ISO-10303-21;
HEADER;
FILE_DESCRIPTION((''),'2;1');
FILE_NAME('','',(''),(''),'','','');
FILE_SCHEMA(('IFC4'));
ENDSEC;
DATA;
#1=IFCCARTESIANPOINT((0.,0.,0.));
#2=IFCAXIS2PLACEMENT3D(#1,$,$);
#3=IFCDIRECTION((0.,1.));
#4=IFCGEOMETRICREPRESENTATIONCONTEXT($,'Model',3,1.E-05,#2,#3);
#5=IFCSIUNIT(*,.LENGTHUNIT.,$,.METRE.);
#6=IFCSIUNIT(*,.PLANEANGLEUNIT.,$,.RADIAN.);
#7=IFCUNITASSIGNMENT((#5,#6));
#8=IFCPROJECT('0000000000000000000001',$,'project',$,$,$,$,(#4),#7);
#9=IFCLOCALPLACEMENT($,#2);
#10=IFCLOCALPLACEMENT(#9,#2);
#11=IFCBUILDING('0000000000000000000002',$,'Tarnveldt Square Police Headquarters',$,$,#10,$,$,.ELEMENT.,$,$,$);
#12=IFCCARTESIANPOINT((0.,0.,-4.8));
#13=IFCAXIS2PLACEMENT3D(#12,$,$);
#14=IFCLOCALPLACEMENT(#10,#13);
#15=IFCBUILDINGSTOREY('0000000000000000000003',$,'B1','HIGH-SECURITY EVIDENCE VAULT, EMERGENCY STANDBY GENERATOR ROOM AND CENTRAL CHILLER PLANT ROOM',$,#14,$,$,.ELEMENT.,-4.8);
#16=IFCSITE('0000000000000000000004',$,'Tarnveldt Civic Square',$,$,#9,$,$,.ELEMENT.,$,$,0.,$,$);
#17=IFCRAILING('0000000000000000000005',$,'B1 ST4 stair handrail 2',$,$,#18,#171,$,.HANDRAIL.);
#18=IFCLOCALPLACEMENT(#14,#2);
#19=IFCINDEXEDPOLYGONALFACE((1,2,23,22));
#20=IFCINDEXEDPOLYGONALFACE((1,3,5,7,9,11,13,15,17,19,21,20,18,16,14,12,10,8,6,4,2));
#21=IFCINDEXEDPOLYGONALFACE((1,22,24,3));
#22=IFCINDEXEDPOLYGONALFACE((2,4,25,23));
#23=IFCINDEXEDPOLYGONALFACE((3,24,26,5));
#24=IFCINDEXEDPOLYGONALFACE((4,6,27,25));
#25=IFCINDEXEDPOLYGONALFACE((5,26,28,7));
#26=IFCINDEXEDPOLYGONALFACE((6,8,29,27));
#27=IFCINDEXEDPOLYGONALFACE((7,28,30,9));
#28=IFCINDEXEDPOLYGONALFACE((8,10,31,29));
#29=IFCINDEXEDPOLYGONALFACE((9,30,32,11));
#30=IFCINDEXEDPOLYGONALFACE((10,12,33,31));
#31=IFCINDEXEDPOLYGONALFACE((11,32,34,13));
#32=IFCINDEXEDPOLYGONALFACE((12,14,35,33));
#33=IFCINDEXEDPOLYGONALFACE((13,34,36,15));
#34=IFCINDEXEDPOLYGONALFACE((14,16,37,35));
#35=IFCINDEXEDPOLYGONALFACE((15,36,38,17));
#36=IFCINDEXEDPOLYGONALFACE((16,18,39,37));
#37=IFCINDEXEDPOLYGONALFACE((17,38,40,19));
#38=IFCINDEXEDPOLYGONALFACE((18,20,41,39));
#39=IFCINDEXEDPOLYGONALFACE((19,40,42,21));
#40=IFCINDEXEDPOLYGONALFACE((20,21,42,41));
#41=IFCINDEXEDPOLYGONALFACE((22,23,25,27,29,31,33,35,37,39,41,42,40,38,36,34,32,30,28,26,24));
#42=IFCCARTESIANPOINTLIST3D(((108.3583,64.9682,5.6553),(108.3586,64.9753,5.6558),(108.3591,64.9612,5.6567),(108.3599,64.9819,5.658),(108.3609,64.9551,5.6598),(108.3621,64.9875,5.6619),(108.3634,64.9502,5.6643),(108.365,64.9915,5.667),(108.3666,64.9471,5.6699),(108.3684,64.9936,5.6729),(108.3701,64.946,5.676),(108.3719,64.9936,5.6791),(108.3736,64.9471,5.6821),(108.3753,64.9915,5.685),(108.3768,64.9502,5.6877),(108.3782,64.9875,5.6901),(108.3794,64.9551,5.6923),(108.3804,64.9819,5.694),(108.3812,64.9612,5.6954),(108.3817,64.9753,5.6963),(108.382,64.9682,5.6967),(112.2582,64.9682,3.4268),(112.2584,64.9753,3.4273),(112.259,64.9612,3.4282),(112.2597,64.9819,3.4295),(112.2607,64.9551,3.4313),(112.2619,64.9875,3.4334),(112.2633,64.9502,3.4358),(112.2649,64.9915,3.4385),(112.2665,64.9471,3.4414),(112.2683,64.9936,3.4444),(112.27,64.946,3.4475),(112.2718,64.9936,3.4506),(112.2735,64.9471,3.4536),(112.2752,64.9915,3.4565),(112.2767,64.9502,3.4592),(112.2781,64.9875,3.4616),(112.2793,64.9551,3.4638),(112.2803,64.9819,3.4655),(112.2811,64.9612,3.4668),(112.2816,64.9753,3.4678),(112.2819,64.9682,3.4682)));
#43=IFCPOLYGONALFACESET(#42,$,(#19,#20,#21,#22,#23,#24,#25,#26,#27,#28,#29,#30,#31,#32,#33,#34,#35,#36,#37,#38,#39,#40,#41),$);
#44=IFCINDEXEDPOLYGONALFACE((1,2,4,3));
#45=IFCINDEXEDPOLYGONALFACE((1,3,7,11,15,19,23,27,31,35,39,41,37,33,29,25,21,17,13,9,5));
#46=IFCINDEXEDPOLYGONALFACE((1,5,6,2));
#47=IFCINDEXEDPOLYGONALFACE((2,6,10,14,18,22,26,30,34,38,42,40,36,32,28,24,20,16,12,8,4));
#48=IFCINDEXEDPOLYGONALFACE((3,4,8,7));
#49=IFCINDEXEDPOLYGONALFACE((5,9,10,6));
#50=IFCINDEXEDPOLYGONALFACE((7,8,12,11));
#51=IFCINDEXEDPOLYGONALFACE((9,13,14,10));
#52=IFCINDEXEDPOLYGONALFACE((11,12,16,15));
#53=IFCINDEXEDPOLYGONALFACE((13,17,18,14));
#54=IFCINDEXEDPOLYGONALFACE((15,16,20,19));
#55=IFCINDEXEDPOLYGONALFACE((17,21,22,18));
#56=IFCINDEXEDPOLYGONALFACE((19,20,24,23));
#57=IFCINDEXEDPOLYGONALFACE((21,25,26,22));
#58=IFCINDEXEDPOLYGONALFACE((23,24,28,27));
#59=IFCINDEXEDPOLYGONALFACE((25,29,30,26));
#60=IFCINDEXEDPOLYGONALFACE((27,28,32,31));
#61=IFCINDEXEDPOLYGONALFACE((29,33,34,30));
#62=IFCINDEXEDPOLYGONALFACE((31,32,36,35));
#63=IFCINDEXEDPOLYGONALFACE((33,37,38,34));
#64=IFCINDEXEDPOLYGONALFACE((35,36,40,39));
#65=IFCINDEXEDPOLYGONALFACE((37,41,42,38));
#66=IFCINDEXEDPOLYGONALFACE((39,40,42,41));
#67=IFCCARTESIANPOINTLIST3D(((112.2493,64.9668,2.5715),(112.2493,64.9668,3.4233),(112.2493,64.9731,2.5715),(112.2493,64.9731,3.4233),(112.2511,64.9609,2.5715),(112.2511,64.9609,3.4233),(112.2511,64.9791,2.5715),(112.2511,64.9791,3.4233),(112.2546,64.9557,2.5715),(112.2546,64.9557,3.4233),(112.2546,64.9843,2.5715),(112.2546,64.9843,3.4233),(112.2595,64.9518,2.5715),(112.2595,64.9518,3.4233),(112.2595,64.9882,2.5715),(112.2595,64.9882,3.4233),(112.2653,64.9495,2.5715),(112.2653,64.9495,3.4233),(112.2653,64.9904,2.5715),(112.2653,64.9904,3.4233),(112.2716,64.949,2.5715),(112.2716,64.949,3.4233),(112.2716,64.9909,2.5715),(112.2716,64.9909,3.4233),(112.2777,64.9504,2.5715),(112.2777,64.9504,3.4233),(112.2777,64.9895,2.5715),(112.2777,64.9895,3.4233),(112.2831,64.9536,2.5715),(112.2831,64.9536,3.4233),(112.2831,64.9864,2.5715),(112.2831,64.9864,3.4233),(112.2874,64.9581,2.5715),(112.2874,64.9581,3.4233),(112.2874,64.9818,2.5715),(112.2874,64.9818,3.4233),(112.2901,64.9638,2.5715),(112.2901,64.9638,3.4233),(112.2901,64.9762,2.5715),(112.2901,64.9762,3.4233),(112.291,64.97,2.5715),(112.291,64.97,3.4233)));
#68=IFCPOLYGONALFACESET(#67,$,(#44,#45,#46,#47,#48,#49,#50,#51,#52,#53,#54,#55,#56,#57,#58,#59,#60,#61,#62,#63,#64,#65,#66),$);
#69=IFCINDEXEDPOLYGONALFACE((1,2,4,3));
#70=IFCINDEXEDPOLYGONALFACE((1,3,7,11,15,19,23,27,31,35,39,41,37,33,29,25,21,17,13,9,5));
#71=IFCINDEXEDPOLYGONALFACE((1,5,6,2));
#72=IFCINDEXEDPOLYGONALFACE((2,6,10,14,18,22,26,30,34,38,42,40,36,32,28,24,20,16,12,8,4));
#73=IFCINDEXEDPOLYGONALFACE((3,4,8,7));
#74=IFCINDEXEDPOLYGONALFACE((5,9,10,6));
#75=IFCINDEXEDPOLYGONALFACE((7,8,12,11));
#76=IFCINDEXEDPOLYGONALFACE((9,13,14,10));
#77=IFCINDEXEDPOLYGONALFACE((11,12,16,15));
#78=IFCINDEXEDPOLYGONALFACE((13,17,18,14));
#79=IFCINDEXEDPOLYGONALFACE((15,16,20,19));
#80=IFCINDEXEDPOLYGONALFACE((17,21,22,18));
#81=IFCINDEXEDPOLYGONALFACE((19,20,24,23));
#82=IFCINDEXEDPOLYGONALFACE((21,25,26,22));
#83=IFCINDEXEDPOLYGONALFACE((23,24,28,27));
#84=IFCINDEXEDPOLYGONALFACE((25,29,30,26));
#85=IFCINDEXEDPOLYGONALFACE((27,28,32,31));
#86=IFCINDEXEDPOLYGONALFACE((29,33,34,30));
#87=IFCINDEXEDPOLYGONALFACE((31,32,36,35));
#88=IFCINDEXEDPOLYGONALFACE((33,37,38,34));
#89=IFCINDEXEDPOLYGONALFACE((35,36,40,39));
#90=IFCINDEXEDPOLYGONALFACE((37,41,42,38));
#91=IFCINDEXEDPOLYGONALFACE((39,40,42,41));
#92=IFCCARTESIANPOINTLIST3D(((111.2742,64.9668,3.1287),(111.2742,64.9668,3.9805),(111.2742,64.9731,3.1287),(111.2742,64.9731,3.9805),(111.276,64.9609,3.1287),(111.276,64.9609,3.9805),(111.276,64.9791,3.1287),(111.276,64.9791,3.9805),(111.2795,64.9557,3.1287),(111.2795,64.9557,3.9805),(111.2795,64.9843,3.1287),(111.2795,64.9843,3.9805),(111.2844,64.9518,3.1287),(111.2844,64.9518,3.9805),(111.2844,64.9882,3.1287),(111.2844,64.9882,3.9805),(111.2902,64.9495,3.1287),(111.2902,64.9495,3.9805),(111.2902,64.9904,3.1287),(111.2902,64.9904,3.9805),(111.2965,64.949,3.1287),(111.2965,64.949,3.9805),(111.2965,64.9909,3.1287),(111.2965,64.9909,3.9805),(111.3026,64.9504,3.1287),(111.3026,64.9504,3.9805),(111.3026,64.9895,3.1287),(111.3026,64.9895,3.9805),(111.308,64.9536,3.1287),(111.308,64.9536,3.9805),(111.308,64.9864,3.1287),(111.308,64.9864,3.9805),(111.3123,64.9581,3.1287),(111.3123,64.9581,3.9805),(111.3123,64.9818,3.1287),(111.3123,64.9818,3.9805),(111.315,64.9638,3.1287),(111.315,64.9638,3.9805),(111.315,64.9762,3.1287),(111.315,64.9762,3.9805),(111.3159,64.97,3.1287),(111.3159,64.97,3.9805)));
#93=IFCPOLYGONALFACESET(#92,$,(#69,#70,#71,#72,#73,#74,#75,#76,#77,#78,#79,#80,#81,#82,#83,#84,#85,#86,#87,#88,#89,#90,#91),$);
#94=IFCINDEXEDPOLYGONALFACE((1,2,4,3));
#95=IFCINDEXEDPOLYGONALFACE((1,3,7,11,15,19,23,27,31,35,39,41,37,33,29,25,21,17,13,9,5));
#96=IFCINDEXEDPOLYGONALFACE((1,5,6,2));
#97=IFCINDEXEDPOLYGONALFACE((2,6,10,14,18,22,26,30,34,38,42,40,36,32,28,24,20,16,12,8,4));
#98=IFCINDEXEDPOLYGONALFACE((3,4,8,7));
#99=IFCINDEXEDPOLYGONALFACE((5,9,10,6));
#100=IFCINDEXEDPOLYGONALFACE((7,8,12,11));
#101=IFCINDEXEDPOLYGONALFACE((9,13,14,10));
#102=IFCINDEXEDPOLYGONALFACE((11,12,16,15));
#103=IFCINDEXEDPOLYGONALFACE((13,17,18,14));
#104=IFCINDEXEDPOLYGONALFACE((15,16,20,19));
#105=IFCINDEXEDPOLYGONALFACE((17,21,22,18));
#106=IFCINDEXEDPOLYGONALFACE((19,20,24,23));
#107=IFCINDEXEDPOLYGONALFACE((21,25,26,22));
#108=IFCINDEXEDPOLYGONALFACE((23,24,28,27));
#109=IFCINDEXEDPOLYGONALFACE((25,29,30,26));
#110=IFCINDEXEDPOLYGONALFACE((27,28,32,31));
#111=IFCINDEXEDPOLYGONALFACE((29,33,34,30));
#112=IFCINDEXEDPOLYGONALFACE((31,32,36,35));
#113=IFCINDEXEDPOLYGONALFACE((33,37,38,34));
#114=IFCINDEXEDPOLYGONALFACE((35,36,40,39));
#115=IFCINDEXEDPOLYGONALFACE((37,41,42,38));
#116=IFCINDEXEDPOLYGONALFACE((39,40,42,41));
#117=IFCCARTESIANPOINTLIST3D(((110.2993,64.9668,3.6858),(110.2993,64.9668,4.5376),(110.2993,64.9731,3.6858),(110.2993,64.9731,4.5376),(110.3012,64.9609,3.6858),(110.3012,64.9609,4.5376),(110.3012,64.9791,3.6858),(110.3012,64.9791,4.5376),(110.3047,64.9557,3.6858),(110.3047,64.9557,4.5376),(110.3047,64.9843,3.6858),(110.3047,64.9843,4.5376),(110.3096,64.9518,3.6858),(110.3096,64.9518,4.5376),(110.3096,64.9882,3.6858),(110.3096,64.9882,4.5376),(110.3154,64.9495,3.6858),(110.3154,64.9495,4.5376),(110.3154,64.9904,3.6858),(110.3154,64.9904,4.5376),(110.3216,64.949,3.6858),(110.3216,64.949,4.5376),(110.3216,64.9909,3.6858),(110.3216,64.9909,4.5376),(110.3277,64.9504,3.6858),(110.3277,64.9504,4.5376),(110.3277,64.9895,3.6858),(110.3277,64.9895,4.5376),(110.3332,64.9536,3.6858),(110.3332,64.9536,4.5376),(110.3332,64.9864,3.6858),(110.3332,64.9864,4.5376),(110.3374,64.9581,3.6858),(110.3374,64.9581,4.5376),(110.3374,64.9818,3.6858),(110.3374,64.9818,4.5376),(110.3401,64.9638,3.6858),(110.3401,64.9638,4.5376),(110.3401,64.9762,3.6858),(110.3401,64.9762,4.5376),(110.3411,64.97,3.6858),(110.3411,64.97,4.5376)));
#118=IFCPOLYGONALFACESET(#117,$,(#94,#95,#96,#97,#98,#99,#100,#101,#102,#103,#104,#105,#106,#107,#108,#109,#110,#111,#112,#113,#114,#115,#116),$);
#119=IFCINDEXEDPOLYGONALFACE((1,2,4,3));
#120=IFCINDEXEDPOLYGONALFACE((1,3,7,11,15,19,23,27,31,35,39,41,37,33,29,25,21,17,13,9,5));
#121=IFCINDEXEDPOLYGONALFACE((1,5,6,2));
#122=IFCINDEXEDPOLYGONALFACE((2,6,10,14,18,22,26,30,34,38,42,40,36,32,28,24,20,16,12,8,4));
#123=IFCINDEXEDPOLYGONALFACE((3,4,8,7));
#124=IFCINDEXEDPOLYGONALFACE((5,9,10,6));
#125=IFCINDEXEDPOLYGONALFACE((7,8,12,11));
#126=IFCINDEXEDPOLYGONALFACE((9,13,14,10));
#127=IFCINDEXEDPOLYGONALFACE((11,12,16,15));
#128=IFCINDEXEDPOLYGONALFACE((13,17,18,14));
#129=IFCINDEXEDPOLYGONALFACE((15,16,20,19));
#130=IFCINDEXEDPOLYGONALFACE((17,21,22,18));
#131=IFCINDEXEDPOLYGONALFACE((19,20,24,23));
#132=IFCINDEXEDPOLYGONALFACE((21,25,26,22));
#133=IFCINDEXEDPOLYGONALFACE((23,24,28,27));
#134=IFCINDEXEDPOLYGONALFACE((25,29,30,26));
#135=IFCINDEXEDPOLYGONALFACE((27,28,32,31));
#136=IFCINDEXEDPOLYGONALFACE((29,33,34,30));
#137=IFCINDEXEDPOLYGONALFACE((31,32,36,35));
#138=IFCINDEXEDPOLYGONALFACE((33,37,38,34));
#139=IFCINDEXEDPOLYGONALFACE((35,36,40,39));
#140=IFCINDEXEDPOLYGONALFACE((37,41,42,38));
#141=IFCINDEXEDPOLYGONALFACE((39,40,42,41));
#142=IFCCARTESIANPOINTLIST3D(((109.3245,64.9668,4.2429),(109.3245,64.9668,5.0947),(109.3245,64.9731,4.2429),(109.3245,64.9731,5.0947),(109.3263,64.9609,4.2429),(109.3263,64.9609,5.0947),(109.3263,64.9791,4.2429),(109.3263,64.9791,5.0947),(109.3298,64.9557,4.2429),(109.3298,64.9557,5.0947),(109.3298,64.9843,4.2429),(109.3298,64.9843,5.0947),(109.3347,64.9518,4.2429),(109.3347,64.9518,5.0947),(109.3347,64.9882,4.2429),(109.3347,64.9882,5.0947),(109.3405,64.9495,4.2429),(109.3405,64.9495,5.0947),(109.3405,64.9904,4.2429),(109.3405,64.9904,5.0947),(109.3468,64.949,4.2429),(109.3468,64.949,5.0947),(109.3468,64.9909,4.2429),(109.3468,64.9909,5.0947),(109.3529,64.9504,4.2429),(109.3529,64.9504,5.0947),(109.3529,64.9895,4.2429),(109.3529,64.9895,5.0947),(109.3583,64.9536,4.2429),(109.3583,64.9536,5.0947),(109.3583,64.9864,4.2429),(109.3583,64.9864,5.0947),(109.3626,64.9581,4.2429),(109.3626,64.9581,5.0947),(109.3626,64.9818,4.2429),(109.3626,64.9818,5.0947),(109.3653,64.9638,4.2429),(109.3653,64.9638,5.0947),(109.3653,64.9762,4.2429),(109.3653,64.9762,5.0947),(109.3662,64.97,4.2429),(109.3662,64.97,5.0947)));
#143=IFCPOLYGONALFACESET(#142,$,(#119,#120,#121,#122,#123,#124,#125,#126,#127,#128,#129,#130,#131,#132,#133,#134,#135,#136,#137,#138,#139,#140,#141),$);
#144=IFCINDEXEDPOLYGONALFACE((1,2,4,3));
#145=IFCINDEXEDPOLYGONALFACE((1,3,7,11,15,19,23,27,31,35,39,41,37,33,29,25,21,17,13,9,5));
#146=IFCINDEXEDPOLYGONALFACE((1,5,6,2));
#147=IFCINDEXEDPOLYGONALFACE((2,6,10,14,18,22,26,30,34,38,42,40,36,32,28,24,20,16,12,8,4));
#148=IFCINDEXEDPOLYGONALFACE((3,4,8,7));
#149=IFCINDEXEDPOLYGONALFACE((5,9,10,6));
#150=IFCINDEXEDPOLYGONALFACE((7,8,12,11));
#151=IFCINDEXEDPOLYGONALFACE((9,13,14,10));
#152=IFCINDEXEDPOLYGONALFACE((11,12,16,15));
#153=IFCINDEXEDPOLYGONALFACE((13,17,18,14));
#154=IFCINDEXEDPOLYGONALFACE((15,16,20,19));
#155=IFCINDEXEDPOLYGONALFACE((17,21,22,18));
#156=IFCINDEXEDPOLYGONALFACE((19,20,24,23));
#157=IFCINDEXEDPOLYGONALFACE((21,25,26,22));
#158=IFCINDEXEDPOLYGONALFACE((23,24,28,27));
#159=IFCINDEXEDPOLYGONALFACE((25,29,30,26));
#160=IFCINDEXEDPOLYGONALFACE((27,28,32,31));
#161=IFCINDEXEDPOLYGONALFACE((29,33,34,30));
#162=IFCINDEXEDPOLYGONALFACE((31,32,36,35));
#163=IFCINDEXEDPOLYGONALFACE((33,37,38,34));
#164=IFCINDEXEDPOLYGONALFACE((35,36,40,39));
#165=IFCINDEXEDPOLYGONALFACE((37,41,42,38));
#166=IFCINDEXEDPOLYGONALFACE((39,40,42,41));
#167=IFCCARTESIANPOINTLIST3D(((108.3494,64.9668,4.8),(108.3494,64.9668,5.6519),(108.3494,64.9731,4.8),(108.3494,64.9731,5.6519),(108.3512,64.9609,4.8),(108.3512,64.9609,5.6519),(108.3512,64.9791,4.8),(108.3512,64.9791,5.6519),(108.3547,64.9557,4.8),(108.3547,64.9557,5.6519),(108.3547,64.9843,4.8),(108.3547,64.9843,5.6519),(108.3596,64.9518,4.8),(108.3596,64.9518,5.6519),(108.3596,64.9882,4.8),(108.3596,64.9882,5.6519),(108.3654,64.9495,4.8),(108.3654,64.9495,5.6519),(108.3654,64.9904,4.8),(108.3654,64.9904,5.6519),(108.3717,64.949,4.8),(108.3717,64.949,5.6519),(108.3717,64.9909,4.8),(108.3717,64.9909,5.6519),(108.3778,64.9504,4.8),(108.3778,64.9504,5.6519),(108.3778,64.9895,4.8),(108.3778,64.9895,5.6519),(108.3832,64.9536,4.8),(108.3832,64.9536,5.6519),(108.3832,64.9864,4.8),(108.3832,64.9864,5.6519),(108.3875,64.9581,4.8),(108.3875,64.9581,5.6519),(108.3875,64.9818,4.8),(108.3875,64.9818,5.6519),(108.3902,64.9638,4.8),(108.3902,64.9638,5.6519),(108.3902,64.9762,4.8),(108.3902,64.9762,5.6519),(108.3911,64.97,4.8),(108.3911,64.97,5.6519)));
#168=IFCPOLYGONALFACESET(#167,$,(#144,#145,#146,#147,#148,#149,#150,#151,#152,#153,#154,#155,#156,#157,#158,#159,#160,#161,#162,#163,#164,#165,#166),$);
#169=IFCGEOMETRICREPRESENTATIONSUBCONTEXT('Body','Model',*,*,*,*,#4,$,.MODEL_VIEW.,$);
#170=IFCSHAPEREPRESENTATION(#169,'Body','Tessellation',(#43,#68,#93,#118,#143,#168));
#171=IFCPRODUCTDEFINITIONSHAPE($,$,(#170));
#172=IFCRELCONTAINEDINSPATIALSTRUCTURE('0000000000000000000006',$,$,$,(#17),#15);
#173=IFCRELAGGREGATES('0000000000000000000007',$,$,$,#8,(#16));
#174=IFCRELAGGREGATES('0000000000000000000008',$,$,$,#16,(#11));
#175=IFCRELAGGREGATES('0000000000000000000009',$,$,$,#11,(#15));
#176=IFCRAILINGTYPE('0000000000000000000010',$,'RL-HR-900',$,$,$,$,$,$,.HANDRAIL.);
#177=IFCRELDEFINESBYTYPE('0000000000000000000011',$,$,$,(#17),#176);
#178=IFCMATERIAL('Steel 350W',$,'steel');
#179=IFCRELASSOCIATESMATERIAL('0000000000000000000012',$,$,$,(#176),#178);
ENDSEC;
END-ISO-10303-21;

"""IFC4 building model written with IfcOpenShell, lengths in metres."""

from ifc_helpers import new_model, si_unit, direction, frame, origin, origin_2d, place, context, subcontext, project, spatial, circle, extrude, material, type_object, element, save


model = new_model("IFC4")

# Units and contexts
model_context = context("Model", 3, precision=1e-05, world=origin(), true_north=direction((0.0, 1.0)))
body_context = subcontext(model_context, "Body", "Model", "MODEL_VIEW")
ifc_project = project(units=[si_unit("LENGTHUNIT", "METRE"), si_unit("PLANEANGLEUNIT", "RADIAN")], contexts=[model_context])

# Site, building, storey
site_placement = place(None, origin())
site = spatial("IfcSite", under=ifc_project, at=site_placement, Name="Tarnveldt Civic Square", CompositionType="ELEMENT", RefElevation=0.0)
building_placement = place(site_placement, origin())
building = spatial("IfcBuilding", under=site, at=building_placement, Name="Tarnveldt Square Police Headquarters", CompositionType="ELEMENT")
storey_placement = place(building_placement, frame((0.0, 0.0, -4.8)))
storey = spatial("IfcBuildingStorey", under=building, at=storey_placement, Name="B1", Description="HIGH-SECURITY EVIDENCE VAULT, EMERGENCY STANDBY GENERATOR ROOM AND CENTRAL CHILLER PLANT ROOM", CompositionType="ELEMENT", Elevation=-4.8)

# Railing
ifc_material_1 = material(Name="Steel 350W", Category="steel")
railing_type_1 = type_object("IfcRailingType", Name="RL-HR-900", PredefinedType="HANDRAIL", material=ifc_material_1)
railing_1_placement = place(storey_placement, frame((112.27, 64.97, 2.5715)))
element("IfcRailing", 1, at=railing_1_placement, inside=storey, type_object=railing_type_1, Name="B1 ST4 stair handrail 2", PredefinedType="HANDRAIL", context=body_context, shape_type="SweptSolid", body=[
    extrude(circle(Radius=0.0239, at=origin_2d()), frame((0.0, 0.0, 0.876), z_axis=(-0.868243, 0.0, 0.496139), x_axis=(0.0, -1.0, 0.0)), (0.0, 0.0, 1.0), 4.4917),
    extrude(circle(Radius=0.021, at=origin_2d()), origin(), (0.0, 0.0, 1.0), 0.8518),
    extrude(circle(Radius=0.021, at=origin_2d()), frame((-0.9751, 0.0, 0.5571)), (0.0, 0.0, 1.0), 0.8518),
    extrude(circle(Radius=0.021, at=origin_2d()), frame((-1.95, 0.0, 1.1143)), (0.0, 0.0, 1.0), 0.8518),
    extrude(circle(Radius=0.021, at=origin_2d()), frame((-2.9248, 0.0, 1.6714)), (0.0, 0.0, 1.0), 0.8518),
    extrude(circle(Radius=0.021, at=origin_2d()), frame((-3.8999, 0.0, 2.2285)), (0.0, 0.0, 1.0), 0.8518),
])

save(model, "model.ifc")
